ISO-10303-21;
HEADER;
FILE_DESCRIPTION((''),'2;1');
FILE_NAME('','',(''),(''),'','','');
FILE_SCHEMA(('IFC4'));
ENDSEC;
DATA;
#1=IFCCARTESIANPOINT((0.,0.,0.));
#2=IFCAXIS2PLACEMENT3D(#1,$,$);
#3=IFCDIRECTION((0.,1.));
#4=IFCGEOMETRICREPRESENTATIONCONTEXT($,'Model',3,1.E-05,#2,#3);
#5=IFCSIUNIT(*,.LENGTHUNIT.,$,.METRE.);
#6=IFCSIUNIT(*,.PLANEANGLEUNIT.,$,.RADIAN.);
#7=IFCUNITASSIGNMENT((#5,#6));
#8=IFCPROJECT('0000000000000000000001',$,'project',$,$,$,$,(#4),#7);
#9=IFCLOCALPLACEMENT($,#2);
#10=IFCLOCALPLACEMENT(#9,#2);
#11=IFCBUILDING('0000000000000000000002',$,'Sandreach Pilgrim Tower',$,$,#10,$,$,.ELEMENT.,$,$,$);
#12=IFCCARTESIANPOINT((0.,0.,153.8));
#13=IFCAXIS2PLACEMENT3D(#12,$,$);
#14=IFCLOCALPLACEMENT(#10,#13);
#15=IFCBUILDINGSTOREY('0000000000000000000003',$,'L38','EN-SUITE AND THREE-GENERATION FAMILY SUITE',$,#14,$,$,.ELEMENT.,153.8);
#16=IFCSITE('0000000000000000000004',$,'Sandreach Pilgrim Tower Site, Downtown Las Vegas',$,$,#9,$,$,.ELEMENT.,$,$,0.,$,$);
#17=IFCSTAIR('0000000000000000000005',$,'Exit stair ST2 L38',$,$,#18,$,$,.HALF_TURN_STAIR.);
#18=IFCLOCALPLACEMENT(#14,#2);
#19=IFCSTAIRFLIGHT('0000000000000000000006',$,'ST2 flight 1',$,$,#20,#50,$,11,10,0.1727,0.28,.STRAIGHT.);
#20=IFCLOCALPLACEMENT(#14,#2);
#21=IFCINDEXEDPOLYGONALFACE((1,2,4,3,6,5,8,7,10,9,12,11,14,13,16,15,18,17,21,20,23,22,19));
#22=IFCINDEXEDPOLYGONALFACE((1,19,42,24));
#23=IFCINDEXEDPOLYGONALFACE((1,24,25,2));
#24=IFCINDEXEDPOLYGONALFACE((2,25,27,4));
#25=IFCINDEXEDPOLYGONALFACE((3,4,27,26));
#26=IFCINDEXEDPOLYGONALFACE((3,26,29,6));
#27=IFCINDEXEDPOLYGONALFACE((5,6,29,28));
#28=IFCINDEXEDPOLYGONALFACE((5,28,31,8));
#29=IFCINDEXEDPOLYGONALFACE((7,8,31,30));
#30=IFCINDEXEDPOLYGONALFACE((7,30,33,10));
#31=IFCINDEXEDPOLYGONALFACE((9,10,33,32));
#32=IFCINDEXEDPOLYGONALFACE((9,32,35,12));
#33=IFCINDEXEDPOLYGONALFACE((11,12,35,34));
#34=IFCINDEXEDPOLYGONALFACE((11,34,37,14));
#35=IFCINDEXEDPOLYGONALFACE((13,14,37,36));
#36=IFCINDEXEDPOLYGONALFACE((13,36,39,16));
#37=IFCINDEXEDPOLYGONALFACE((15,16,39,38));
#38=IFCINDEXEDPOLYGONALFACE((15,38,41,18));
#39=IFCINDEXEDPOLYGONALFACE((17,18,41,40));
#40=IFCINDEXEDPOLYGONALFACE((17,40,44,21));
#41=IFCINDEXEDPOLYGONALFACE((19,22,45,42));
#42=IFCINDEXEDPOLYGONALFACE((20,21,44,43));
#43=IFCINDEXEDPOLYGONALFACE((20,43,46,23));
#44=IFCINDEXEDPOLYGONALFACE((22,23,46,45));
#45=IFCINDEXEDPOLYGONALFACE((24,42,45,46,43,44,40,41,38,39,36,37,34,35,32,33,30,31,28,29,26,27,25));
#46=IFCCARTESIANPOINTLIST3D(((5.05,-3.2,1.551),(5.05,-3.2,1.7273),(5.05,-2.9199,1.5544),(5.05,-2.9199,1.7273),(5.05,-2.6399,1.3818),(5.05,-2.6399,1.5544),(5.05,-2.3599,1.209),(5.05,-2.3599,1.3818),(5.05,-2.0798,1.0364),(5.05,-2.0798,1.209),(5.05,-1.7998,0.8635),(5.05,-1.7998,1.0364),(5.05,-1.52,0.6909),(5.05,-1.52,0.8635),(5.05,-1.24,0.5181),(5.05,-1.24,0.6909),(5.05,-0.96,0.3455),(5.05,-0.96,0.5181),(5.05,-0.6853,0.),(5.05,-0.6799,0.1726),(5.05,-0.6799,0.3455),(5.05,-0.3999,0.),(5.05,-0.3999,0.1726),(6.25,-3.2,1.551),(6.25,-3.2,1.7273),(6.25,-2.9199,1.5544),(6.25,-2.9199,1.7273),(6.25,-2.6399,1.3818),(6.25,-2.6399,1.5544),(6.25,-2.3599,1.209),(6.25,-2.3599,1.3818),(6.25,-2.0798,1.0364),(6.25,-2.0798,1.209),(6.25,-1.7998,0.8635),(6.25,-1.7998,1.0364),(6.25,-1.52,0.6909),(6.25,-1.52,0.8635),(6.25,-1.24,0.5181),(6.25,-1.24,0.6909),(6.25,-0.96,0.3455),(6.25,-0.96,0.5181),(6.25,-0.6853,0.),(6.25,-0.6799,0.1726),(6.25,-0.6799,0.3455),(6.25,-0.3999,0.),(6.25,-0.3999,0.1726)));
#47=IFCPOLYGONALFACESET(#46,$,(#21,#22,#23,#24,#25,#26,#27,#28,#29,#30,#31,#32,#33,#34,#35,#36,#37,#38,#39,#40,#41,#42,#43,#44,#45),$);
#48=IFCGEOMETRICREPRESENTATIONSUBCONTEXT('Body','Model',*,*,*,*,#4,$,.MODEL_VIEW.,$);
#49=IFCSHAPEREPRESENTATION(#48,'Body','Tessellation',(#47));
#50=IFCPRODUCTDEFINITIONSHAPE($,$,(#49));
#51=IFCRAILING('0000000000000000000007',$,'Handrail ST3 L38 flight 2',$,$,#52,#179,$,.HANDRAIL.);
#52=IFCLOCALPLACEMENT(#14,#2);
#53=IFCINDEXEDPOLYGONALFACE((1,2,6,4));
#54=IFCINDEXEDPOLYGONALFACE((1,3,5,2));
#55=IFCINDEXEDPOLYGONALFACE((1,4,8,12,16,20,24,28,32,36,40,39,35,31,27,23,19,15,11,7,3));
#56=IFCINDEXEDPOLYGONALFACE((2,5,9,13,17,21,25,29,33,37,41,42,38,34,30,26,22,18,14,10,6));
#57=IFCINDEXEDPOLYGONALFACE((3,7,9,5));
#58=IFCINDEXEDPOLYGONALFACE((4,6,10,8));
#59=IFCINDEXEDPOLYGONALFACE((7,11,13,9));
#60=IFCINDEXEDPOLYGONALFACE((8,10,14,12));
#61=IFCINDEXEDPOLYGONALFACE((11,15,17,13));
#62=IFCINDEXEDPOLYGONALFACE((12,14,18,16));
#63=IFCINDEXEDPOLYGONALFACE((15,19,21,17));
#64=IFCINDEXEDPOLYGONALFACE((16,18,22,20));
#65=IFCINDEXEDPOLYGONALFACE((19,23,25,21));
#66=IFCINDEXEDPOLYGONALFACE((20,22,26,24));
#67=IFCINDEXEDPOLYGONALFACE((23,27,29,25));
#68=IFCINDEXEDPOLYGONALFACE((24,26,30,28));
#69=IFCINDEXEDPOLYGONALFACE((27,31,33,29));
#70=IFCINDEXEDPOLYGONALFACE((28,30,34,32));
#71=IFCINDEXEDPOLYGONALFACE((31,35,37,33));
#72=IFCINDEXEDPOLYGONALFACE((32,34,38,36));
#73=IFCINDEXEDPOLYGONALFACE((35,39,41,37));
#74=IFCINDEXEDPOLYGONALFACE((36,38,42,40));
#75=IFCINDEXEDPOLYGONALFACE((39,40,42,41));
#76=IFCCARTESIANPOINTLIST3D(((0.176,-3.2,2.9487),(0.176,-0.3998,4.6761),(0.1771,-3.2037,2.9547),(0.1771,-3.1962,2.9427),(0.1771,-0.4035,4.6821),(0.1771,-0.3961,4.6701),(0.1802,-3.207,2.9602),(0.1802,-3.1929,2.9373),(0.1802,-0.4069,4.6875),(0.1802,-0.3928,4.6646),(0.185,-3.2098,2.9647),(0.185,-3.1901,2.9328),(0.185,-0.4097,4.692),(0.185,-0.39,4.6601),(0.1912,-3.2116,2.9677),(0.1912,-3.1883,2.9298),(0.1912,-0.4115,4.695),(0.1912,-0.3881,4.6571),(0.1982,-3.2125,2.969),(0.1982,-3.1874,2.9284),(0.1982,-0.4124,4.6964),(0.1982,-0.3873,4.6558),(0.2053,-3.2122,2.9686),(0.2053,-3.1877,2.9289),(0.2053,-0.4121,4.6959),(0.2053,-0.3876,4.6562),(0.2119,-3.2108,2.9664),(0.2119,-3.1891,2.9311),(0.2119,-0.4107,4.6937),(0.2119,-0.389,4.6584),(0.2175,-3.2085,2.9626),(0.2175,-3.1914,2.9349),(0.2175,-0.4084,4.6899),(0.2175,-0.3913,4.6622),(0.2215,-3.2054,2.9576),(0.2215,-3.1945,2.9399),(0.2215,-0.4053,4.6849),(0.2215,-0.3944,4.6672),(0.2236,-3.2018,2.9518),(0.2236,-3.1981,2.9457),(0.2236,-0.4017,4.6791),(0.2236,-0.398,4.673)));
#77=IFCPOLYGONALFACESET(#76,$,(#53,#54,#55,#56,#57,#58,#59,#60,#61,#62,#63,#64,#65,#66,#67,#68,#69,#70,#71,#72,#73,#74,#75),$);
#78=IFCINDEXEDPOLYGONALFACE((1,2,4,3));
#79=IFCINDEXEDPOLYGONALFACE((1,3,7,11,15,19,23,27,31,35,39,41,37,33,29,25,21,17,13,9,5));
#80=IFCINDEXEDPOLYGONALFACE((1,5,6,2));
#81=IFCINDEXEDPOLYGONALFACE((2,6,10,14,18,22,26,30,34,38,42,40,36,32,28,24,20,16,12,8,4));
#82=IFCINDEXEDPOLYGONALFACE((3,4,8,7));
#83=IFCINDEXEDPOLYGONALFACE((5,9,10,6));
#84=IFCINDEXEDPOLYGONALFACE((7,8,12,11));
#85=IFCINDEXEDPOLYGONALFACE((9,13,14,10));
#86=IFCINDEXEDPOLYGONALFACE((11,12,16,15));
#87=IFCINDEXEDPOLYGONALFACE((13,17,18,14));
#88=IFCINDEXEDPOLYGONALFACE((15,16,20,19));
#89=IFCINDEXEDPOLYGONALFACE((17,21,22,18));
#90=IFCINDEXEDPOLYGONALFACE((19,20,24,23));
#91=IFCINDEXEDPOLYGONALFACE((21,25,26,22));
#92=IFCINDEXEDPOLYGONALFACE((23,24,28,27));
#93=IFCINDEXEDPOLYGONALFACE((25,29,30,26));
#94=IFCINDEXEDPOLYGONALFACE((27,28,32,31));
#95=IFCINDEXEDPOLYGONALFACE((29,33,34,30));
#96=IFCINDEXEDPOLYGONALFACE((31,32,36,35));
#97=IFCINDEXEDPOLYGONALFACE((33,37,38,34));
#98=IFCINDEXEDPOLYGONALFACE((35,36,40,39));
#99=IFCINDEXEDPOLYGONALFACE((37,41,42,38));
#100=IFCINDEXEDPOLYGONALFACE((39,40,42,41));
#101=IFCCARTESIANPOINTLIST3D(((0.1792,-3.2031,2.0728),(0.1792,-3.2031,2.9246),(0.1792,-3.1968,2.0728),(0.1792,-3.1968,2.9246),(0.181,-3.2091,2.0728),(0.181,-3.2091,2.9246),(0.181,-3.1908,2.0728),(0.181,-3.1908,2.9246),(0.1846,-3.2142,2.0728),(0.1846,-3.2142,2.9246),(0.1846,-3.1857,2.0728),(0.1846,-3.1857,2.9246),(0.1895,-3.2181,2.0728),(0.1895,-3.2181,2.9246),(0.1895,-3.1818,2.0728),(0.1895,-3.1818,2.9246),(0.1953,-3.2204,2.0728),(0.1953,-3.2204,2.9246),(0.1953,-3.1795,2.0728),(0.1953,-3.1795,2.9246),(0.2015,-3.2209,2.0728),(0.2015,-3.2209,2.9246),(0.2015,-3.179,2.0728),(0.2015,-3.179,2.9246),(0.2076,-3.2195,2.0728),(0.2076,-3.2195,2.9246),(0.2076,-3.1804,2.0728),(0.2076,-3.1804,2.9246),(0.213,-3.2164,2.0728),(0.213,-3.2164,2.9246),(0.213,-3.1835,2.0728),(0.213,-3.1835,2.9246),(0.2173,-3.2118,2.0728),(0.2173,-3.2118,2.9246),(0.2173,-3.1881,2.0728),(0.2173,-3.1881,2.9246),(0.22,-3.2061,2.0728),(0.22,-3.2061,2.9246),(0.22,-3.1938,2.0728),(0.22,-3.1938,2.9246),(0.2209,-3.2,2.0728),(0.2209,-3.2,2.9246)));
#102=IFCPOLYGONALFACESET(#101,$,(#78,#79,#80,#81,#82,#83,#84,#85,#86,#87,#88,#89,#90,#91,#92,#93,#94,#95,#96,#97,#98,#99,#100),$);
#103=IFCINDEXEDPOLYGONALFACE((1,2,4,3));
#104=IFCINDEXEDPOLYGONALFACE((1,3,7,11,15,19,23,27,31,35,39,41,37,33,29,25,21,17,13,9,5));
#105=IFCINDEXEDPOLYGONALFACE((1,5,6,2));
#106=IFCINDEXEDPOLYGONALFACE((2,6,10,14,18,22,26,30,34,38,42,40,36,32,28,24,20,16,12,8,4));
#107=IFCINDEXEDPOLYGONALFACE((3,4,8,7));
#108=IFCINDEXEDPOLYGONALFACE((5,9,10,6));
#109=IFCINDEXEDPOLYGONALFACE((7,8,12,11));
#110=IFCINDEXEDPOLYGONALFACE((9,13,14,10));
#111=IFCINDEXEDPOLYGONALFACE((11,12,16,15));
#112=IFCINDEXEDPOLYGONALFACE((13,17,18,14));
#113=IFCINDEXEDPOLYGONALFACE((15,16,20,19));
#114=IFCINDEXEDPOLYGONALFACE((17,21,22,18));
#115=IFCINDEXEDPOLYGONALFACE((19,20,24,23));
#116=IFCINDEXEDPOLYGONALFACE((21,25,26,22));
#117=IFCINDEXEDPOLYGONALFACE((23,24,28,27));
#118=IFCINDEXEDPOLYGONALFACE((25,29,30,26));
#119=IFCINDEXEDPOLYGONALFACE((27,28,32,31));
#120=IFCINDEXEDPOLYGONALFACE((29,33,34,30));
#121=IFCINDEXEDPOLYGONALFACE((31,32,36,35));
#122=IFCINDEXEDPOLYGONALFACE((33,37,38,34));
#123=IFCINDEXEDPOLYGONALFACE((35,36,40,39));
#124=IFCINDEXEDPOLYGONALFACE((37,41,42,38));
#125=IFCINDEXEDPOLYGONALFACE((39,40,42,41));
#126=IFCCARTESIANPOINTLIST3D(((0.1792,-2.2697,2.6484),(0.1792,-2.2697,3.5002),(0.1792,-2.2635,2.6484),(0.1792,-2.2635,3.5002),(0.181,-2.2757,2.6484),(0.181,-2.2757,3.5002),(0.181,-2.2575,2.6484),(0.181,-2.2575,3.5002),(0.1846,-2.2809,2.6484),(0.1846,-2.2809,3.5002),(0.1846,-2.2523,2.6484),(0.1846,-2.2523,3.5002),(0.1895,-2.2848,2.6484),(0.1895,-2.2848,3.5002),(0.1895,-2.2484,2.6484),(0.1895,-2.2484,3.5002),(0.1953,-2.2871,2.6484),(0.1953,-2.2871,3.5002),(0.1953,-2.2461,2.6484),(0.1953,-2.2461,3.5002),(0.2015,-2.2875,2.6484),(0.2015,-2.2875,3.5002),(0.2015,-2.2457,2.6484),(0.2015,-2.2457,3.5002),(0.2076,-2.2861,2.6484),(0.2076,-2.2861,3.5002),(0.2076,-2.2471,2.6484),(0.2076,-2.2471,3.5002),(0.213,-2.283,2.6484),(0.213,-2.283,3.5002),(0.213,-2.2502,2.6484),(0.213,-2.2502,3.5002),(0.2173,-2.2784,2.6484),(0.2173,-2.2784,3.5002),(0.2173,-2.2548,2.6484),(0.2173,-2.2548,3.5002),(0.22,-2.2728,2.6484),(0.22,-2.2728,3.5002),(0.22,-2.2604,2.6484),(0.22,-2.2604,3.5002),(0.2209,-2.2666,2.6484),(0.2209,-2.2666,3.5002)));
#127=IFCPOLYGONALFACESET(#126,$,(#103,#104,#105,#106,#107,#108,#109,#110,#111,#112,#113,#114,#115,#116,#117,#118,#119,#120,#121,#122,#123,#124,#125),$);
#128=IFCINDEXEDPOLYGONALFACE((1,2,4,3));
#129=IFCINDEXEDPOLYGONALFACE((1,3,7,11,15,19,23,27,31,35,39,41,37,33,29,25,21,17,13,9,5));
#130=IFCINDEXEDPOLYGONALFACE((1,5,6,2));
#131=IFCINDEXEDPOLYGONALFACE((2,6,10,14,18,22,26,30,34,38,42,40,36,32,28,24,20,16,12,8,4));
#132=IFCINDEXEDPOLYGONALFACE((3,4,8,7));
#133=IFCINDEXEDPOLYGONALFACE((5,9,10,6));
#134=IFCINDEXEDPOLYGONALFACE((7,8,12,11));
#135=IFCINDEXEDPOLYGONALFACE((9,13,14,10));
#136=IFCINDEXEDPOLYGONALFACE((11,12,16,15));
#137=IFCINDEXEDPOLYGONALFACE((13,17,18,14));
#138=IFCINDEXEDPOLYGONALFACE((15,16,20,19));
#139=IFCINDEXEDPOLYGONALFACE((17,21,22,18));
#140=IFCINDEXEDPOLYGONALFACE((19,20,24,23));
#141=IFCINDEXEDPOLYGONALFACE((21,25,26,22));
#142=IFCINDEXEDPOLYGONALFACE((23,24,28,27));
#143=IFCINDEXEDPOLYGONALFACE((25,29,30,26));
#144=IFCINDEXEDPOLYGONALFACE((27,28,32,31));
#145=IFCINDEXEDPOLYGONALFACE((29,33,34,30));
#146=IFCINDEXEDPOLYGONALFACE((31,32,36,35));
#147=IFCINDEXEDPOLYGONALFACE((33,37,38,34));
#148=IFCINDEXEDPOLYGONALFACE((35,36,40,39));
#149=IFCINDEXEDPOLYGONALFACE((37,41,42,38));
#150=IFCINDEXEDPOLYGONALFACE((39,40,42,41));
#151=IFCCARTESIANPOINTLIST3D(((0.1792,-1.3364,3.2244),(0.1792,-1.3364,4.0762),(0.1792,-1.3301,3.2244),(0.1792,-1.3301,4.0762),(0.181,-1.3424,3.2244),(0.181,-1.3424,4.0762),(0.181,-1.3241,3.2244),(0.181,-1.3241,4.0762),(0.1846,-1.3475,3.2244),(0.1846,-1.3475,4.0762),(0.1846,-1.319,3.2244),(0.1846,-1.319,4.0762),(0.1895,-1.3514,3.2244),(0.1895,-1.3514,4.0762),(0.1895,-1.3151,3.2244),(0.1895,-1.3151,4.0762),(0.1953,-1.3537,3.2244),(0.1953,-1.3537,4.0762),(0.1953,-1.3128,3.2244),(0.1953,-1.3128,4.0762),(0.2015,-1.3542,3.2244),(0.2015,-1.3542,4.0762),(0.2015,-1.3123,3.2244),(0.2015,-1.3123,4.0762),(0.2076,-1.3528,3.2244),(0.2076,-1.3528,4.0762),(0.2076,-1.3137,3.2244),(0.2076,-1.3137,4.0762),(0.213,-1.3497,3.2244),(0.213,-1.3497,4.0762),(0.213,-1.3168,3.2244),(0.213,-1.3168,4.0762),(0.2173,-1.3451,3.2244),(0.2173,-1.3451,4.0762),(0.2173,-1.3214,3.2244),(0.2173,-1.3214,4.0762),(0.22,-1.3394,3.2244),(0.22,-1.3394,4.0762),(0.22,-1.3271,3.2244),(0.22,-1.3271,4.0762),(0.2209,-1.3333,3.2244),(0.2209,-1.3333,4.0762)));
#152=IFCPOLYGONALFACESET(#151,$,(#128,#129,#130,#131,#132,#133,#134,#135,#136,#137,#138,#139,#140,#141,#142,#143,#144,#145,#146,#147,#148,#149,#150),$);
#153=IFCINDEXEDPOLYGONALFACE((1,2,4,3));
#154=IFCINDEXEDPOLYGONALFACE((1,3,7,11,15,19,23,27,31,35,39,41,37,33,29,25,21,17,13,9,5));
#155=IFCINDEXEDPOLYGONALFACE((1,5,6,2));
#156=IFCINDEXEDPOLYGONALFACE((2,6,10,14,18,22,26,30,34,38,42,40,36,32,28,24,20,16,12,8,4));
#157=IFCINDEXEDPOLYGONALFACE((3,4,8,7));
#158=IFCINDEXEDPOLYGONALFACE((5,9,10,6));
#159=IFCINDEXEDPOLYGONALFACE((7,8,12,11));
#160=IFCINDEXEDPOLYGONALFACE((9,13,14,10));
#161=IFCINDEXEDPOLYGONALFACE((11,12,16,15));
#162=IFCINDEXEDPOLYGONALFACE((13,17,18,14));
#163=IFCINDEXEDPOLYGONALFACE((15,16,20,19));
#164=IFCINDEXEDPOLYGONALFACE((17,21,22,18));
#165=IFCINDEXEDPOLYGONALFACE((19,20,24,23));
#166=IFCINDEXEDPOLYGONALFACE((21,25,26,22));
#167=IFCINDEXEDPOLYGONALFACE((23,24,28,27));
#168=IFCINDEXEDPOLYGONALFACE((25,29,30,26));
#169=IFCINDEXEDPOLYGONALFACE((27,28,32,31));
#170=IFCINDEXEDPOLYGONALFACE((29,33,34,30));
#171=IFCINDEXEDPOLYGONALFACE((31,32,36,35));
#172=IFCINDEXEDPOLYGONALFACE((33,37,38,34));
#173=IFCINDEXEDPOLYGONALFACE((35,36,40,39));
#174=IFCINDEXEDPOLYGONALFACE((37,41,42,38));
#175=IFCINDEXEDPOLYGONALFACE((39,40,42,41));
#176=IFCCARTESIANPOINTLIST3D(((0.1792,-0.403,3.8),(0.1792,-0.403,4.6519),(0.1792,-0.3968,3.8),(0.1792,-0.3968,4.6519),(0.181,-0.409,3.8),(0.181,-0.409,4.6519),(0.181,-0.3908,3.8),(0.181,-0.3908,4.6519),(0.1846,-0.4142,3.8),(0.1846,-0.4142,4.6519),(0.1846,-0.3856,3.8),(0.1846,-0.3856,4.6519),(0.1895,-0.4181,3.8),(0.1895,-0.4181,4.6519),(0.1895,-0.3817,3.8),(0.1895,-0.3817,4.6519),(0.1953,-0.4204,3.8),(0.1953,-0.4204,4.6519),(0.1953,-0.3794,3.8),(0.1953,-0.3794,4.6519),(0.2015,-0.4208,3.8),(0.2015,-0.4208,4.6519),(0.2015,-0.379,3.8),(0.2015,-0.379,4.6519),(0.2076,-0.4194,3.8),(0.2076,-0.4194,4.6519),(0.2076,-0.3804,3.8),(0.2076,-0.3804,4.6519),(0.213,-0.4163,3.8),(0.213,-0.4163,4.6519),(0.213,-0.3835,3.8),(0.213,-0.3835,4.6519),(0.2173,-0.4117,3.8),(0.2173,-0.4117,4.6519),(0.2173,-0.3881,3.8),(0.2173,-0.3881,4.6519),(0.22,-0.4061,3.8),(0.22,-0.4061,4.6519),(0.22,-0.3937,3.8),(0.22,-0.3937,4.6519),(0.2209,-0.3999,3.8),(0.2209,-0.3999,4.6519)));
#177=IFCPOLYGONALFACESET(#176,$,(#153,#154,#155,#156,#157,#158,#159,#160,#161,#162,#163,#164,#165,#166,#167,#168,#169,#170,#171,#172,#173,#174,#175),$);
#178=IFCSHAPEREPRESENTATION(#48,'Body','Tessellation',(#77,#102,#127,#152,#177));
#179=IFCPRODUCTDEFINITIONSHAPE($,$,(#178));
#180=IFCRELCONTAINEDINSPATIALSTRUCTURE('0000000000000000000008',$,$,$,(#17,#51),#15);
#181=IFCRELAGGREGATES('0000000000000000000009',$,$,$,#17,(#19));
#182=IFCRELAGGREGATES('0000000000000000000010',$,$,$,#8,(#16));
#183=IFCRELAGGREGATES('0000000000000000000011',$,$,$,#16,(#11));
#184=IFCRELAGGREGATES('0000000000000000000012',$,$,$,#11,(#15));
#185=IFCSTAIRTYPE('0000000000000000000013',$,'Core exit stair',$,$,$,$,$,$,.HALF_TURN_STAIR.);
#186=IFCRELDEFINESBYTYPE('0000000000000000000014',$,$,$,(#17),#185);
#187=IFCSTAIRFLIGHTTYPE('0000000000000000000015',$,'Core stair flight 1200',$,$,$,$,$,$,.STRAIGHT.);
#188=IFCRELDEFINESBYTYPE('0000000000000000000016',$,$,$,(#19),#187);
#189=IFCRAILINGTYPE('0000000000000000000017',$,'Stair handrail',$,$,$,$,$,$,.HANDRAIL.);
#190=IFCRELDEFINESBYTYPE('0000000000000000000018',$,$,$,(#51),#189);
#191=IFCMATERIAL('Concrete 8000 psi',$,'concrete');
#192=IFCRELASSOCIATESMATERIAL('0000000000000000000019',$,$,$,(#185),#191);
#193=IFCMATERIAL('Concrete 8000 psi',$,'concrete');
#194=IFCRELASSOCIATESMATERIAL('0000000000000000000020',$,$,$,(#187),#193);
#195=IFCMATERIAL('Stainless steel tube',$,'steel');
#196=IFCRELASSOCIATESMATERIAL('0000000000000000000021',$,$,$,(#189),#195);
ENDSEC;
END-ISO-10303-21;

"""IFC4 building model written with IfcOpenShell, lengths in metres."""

from ifc_helpers import new_model, si_unit, direction, frame, origin, origin_2d, place, context, subcontext, project, spatial, polyline, circle, outline, extrude, material, type_object, element, aggregate, save


model = new_model("IFC4")

# Units and contexts
model_context = context("Model", 3, precision=1e-05, world=origin(), true_north=direction((0.0, 1.0)))
body_context = subcontext(model_context, "Body", "Model", "MODEL_VIEW")
ifc_project = project(units=[si_unit("LENGTHUNIT", "METRE"), si_unit("PLANEANGLEUNIT", "RADIAN")], contexts=[model_context])

# Site, building, storey
site_placement = place(None, origin())
site = spatial("IfcSite", under=ifc_project, at=site_placement, Name="Sandreach Pilgrim Tower Site, Downtown Las Vegas", CompositionType="ELEMENT", RefElevation=0.0)
building_placement = place(site_placement, origin())
building = spatial("IfcBuilding", under=site, at=building_placement, Name="Sandreach Pilgrim Tower", CompositionType="ELEMENT")
storey_placement = place(building_placement, frame((0.0, 0.0, 153.8)))
storey = spatial("IfcBuildingStorey", under=building, at=storey_placement, Name="L38", Description="EN-SUITE AND THREE-GENERATION FAMILY SUITE", CompositionType="ELEMENT", Elevation=153.8)

# Stair, stair flight
ifc_material_1 = material(Name="Concrete 8000 psi", Category="concrete")
stair_type = type_object("IfcStairType", Name="Core exit stair", PredefinedType="HALF_TURN_STAIR", material=ifc_material_1)
ifc_material_2 = material(Name="Concrete 8000 psi", Category="concrete")
stair_flight_type = type_object("IfcStairFlightType", Name="Core stair flight 1200", PredefinedType="STRAIGHT", material=ifc_material_2)
stair_1_placement = place(storey_placement, origin())
stair_1 = element("IfcStair", 1, at=stair_1_placement, inside=storey, type_object=stair_type, Name="Exit stair ST2 L38", PredefinedType="HALF_TURN_STAIR")
stair_flight_1_placement = place(storey_placement, frame((5.6499, -0.3999, 0.0), z_axis=(0.0, 0.0, 1.0), x_axis=(0.0, -1.0, 0.0)))
stair_flight_1 = element("IfcStairFlight", 2, at=stair_flight_1_placement, type_object=stair_flight_type, Name="ST2 flight 1", NumberOfRisers=11, NumberOfTreads=10, PredefinedType="STRAIGHT", RiserHeight=0.1727, TreadLength=0.28, context=body_context, shape_type="SweptSolid", body=[
    extrude(outline(polyline([(0.0, 0.0), (0.0, 0.1726), (0.28, 0.1726), (0.28, 0.3455), (0.5601, 0.3455), (0.5601, 0.5181), (0.8401, 0.5181), (0.8401, 0.6909), (1.1201, 0.6909), (1.1201, 0.8635), (1.3999, 0.8635), (1.3999, 1.0364), (1.6799, 1.0364), (1.6799, 1.209), (1.96, 1.209), (1.96, 1.3818), (2.24, 1.3818), (2.24, 1.5544), (2.52, 1.5544), (2.52, 1.7273), (2.8, 1.7273), (2.8, 1.8999), (2.8, 1.551), (0.2854, 0.0), (0.0, 0.0)])), frame((0.0, 0.6001, 0.0), z_axis=(0.0, -1.0, 0.0), x_axis=(1.0, 0.0, 0.0)), (0.0, 0.0, 1.0), 1.2),
])
aggregate(stair_1, [stair_flight_1])

# Railing
ifc_material_3 = material(Name="Stainless steel tube", Category="steel")
railing_type = type_object("IfcRailingType", Name="Stair handrail", PredefinedType="HANDRAIL", material=ifc_material_3)
for number, where, name in (
    (3, (0.2, -3.2, 2.0728), "Handrail ST3 L38 flight 2"),
):
    element("IfcRailing", number, at=place(storey_placement, frame(where)), inside=storey, type_object=railing_type, Name=name, PredefinedType="HANDRAIL", context=body_context, shape_type="SweptSolid", body=[
        extrude(circle(Radius=0.0239, at=origin_2d()), frame((0.0, 0.0, 0.876), z_axis=(0.0, 0.85109, 0.52502), x_axis=(-1.0, 0.0, 0.0)), (0.0, 0.0, 1.0), 3.29),
        extrude(circle(Radius=0.021, at=origin_2d()), origin(), (0.0, 0.0, 1.0), 0.8518),
        extrude(circle(Radius=0.021, at=origin_2d()), frame((0.0, 0.9333, 0.5757)), (0.0, 0.0, 1.0), 0.8518),
        extrude(circle(Radius=0.021, at=origin_2d()), frame((0.0, 1.8667, 1.1516)), (0.0, 0.0, 1.0), 0.8518),
        extrude(circle(Radius=0.021, at=origin_2d()), frame((0.0, 2.8, 1.7273)), (0.0, 0.0, 1.0), 0.8518),
    ])

save(model, "model.ifc")
